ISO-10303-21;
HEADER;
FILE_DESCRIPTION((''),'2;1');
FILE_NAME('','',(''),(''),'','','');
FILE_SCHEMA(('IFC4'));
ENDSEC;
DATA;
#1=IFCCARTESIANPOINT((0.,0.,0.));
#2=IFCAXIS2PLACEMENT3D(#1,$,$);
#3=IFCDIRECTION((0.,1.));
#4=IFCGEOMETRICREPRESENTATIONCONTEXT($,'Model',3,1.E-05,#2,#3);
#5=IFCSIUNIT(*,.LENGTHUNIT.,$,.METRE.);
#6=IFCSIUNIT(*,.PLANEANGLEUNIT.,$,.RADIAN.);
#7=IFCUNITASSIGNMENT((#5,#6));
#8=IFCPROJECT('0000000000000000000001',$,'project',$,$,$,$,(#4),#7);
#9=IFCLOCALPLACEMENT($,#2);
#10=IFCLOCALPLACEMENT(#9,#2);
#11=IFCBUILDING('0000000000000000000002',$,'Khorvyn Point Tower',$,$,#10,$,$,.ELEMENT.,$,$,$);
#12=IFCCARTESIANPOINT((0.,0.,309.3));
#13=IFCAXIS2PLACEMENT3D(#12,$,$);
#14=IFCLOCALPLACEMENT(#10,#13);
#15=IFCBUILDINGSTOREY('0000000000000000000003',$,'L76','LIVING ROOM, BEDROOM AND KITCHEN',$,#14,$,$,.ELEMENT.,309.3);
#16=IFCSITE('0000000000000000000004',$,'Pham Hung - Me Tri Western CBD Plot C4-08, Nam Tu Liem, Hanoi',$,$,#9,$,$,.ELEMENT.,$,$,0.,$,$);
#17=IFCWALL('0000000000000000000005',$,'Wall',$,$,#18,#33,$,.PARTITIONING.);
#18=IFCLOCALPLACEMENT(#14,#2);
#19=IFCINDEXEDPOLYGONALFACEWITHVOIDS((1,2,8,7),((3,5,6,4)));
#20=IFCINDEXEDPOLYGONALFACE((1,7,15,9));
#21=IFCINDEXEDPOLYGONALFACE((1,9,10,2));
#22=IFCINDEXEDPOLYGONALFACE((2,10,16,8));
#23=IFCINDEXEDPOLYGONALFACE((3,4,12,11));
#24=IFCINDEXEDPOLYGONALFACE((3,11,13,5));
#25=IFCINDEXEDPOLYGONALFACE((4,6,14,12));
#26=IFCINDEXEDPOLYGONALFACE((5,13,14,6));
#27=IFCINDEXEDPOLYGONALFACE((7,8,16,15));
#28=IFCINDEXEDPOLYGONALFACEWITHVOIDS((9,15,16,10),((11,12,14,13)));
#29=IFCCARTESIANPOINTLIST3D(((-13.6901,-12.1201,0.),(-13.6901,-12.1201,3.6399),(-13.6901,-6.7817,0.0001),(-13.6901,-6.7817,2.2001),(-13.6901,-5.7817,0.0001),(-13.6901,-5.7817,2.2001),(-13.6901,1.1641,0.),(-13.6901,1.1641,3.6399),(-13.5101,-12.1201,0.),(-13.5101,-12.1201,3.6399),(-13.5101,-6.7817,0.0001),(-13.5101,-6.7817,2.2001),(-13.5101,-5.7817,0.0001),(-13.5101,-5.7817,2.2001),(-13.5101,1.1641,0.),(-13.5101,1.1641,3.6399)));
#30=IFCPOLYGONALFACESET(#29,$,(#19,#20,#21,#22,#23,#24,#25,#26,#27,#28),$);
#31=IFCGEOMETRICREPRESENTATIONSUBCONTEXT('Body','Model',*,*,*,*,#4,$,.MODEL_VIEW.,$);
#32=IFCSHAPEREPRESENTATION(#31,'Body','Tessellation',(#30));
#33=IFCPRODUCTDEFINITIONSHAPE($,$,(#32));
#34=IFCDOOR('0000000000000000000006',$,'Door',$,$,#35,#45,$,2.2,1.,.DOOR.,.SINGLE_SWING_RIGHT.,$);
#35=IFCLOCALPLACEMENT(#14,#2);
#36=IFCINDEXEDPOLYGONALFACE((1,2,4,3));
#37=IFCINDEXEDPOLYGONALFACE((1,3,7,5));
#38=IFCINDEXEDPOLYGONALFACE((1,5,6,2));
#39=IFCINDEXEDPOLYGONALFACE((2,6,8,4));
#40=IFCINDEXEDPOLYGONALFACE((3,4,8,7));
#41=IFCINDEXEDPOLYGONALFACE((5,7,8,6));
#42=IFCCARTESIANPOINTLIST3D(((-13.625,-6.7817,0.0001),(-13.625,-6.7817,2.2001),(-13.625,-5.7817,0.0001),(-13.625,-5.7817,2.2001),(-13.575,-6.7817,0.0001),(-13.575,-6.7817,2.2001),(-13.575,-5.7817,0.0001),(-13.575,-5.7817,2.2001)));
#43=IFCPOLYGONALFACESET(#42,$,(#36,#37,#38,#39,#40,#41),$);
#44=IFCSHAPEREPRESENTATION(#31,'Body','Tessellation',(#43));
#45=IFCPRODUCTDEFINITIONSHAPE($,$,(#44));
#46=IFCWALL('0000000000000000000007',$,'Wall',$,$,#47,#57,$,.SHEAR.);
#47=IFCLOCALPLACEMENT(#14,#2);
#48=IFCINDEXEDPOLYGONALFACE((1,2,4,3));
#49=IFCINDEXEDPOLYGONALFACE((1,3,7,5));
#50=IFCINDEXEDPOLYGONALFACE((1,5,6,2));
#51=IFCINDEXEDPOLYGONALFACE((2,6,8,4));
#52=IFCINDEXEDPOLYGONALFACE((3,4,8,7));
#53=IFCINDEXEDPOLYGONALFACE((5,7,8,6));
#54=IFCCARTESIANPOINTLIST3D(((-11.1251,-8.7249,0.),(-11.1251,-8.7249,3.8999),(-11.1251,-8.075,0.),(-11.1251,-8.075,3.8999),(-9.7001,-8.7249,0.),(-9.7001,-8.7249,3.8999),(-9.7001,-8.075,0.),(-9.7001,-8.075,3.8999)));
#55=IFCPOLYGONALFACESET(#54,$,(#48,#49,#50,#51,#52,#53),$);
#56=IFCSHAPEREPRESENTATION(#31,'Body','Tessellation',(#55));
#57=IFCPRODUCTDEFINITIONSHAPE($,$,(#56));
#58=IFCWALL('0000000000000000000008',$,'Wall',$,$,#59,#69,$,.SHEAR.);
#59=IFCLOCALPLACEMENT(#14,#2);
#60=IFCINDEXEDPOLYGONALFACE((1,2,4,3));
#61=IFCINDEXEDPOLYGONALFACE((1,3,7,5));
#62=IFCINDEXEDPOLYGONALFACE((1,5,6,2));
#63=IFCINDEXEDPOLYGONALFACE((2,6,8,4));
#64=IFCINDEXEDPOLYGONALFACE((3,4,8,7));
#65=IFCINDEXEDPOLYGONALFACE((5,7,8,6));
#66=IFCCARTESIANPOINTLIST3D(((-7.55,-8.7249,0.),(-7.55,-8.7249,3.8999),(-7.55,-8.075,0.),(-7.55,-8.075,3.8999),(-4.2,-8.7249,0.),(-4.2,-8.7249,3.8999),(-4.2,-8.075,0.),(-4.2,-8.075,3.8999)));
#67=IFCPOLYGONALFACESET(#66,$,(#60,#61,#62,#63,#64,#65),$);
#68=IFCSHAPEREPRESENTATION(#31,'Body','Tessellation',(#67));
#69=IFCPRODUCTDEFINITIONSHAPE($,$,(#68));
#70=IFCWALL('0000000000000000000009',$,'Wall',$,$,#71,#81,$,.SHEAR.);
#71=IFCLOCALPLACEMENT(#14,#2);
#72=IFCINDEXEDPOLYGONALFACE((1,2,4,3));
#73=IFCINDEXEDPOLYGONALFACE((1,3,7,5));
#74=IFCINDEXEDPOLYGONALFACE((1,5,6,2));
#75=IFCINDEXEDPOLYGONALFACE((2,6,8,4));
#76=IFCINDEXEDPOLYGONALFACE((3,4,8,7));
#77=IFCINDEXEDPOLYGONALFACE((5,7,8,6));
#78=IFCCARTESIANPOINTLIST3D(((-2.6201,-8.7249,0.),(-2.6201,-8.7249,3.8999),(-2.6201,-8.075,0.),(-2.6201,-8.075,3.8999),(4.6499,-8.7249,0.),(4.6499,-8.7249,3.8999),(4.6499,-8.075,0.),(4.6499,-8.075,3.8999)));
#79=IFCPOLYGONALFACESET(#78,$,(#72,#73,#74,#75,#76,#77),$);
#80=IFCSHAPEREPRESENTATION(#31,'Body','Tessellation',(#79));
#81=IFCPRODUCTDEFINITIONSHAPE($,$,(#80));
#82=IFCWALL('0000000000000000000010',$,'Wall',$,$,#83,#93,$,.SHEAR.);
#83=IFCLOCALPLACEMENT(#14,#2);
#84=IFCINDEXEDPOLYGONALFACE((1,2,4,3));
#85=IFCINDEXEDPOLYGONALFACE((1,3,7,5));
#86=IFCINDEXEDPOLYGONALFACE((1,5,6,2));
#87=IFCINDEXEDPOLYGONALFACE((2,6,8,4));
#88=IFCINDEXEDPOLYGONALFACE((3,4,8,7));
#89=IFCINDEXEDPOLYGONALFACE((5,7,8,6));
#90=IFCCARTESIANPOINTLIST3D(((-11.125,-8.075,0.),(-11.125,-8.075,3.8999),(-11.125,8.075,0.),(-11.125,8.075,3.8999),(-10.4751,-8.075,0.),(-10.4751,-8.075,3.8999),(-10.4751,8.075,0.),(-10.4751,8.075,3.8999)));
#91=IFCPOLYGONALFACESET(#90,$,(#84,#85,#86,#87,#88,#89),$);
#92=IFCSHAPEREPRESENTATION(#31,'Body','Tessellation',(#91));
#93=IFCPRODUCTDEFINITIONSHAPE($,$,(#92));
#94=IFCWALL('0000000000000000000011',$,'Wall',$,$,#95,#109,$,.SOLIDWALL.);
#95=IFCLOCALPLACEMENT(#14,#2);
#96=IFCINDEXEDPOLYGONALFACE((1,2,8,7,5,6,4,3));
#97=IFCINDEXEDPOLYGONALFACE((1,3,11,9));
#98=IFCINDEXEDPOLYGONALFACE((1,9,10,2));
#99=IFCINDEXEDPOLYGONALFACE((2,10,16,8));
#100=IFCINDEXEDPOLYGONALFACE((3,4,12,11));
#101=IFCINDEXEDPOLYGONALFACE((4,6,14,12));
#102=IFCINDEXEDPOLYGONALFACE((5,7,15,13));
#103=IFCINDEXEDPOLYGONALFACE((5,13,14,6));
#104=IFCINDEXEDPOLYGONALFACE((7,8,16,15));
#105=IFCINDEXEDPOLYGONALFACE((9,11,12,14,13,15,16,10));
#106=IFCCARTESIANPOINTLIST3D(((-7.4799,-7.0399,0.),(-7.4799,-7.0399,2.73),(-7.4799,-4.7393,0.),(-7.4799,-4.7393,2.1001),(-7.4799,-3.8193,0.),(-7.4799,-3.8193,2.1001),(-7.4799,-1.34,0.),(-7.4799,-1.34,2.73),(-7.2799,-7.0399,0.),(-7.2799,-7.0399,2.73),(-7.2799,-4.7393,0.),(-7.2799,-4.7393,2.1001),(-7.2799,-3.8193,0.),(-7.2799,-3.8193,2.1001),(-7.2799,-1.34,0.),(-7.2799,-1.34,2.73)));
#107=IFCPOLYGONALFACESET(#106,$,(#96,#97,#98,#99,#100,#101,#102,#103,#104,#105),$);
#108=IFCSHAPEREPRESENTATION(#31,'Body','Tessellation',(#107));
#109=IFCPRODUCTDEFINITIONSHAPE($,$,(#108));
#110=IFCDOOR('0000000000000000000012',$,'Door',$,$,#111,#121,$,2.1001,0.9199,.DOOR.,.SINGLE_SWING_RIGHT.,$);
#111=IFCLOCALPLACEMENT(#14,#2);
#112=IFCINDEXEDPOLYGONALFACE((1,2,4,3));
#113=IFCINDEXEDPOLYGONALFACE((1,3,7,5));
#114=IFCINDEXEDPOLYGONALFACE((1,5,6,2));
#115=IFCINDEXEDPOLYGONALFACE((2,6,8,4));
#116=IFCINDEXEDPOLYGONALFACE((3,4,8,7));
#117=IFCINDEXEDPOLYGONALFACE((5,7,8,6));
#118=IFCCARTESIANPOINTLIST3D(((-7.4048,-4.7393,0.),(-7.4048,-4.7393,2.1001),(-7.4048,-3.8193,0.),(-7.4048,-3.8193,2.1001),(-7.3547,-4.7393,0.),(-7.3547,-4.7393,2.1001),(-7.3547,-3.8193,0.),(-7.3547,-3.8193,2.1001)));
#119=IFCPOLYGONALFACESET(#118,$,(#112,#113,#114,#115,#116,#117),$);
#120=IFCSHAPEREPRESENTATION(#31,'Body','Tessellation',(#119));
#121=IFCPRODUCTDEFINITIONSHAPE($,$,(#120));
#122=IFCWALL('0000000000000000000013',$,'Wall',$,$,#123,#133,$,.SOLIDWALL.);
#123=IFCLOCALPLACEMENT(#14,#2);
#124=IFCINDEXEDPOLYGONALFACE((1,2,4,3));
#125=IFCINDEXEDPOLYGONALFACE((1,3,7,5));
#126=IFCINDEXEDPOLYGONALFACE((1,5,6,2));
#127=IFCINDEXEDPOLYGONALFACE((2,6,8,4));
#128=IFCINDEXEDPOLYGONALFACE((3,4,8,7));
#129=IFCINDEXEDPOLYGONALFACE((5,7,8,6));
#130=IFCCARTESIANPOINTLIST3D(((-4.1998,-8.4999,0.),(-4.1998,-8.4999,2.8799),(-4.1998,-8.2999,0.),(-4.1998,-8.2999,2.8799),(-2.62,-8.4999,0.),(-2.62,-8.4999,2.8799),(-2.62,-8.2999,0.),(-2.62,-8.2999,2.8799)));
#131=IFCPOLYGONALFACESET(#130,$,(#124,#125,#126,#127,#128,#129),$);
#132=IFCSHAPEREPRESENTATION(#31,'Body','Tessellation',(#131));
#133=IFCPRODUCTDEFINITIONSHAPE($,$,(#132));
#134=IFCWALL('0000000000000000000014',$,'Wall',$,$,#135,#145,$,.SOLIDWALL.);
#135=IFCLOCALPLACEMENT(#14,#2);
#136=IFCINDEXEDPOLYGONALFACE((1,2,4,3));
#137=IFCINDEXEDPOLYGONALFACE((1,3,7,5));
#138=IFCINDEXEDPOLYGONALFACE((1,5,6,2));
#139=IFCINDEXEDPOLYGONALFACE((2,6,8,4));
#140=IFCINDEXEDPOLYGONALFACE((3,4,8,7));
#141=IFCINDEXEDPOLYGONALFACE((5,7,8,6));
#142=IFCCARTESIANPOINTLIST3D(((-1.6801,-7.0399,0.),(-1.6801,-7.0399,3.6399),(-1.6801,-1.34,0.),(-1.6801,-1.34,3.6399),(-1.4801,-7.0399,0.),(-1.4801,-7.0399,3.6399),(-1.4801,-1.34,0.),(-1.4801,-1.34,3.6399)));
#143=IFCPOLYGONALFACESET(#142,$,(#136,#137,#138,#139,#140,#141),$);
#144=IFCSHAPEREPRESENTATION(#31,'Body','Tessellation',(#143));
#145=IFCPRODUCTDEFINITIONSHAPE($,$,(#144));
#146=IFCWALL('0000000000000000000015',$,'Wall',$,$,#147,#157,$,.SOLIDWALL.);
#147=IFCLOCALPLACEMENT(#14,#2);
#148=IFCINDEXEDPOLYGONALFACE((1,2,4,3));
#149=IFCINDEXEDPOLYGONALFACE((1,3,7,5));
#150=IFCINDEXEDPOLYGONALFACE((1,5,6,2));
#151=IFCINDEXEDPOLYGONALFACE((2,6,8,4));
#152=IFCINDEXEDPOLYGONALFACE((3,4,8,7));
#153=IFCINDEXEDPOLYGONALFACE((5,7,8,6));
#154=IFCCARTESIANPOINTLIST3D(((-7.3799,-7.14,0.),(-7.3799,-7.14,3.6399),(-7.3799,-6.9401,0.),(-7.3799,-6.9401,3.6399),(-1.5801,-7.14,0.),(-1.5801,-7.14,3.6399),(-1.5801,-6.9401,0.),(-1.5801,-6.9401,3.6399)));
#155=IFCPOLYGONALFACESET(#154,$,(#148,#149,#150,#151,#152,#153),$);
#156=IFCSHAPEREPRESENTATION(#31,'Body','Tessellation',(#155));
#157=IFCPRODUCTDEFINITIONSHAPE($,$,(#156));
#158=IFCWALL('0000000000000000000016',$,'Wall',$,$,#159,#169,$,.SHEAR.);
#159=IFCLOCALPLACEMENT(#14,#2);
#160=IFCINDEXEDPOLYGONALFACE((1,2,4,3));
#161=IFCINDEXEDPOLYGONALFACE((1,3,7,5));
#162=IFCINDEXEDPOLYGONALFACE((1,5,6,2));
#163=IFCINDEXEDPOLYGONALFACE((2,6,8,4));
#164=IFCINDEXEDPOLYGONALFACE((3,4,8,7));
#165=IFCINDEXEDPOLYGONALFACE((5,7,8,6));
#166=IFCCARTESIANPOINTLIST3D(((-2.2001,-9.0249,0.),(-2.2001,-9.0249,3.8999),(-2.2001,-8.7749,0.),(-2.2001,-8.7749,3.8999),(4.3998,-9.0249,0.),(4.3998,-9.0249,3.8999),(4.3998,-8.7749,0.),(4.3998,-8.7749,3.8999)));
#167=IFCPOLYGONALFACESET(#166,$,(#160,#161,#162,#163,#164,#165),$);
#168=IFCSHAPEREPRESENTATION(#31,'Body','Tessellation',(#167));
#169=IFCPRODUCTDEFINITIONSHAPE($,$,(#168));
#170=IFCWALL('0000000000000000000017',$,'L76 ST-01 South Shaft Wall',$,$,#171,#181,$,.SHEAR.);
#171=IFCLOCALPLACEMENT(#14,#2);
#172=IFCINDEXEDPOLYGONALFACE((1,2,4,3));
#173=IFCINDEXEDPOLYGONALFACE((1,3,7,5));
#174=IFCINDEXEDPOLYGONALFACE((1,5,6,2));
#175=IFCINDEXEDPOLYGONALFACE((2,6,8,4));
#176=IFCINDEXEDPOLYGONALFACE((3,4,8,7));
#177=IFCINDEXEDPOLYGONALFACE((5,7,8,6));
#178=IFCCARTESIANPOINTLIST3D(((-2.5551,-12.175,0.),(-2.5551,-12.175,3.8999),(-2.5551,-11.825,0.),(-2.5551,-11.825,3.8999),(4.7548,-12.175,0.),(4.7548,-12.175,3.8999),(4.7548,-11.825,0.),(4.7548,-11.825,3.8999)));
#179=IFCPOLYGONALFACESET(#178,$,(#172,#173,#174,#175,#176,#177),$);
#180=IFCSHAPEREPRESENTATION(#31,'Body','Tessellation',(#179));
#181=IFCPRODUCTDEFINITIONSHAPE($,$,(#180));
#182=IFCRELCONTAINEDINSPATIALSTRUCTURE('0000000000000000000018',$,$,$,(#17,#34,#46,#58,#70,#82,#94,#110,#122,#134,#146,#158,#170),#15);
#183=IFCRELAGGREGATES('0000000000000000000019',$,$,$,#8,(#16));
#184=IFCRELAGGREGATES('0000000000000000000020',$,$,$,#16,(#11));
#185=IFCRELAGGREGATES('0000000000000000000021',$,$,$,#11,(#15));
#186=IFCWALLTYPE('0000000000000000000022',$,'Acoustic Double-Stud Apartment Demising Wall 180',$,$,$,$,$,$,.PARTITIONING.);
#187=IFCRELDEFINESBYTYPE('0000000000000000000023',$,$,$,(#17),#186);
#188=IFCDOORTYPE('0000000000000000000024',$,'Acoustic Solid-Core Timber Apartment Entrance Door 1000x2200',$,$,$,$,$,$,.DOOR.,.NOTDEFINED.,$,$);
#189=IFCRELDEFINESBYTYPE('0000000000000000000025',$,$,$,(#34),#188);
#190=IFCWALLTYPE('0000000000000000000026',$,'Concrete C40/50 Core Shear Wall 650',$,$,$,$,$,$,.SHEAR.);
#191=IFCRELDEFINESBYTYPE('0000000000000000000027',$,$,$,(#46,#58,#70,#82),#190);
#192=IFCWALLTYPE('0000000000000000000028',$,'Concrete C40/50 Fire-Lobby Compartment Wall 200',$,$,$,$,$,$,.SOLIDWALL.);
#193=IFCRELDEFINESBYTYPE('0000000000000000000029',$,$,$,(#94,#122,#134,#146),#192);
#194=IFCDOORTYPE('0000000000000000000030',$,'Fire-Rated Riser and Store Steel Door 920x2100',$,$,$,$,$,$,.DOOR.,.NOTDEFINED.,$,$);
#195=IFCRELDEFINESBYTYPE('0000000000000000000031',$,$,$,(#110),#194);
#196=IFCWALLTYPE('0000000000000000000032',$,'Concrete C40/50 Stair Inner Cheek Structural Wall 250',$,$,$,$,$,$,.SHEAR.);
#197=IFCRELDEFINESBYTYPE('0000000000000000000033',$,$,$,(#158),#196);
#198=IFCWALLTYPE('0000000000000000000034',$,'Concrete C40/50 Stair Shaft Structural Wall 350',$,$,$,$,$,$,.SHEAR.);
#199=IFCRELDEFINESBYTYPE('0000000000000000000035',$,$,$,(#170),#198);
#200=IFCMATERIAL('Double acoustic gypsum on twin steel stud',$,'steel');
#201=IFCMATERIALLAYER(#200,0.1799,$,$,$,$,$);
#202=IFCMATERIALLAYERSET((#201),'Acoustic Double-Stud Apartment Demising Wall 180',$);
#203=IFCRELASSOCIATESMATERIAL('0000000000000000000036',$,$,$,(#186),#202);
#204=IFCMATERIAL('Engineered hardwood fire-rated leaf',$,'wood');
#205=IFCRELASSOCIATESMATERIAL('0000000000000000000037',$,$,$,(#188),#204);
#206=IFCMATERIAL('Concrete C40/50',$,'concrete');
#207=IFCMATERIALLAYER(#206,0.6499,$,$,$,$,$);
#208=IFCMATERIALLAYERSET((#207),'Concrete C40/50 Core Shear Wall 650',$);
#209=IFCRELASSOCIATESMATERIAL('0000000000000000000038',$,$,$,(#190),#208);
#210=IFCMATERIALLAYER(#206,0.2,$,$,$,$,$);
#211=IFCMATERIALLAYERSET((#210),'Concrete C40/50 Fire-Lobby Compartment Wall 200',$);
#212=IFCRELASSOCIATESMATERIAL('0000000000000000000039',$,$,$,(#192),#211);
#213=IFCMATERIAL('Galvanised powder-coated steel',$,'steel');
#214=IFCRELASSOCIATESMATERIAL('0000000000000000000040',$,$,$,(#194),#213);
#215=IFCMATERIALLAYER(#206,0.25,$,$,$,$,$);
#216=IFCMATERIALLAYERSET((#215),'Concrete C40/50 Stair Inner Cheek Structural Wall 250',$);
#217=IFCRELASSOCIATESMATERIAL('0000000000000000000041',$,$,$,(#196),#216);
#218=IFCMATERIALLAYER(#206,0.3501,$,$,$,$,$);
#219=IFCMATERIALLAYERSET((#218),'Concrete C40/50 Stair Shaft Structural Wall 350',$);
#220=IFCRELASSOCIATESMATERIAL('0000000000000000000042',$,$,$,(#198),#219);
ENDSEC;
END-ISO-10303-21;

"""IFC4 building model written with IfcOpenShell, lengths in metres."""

from ifc_helpers import new_model, si_unit, direction, frame, frame_2d, origin, place, context, subcontext, project, spatial, rectangle, extrude, material, layer, layer_set, type_object, element, fill, save


model = new_model("IFC4")

# Units and contexts
model_context = context("Model", 3, precision=1e-05, world=origin(), true_north=direction((0.0, 1.0)))
body_context = subcontext(model_context, "Body", "Model", "MODEL_VIEW")
ifc_project = project(units=[si_unit("LENGTHUNIT", "METRE"), si_unit("PLANEANGLEUNIT", "RADIAN")], contexts=[model_context])

# Site, building, storey
site_placement = place(None, origin())
site = spatial("IfcSite", under=ifc_project, at=site_placement, Name="Pham Hung - Me Tri Western CBD Plot C4-08, Nam Tu Liem, Hanoi", CompositionType="ELEMENT", RefElevation=0.0)
building_placement = place(site_placement, origin())
building = spatial("IfcBuilding", under=site, at=building_placement, Name="Khorvyn Point Tower", CompositionType="ELEMENT")
storey_placement = place(building_placement, frame((0.0, 0.0, 309.3)))
storey = spatial("IfcBuildingStorey", under=building, at=storey_placement, Name="L76", Description="LIVING ROOM, BEDROOM AND KITCHEN", CompositionType="ELEMENT", Elevation=309.3)

# Shared definitions
ifc_material_1 = material(Name="Concrete C40/50", Category="concrete")

# Wall, opening, door
ifc_material_2 = material(Name="Double acoustic gypsum on twin steel stud", Category="steel")
ifc_layer_1 = layer(ifc_material_2, 0.1799)
ifc_layer_set_1 = layer_set([ifc_layer_1], Name="Acoustic Double-Stud Apartment Demising Wall 180")
wall_type_1 = type_object("IfcWallType", Name="Acoustic Double-Stud Apartment Demising Wall 180", PredefinedType="PARTITIONING", material=ifc_layer_set_1)
ifc_material_3 = material(Name="Engineered hardwood fire-rated leaf", Category="wood")
door_type_1 = type_object("IfcDoorType", Name="Acoustic Solid-Core Timber Apartment Entrance Door 1000x2200", OperationType="NOTDEFINED", PredefinedType="DOOR", material=ifc_material_3)
wall_1_placement = place(storey_placement, frame((-13.6001, -12.1201, 0.0), z_axis=(0.0, 0.0, 1.0), x_axis=(0.0, 1.0, 0.0)))
wall_1 = element("IfcWall", 1, at=wall_1_placement, inside=storey, type_object=wall_type_1, Name="Wall", PredefinedType="PARTITIONING", context=body_context, shape_type="SweptSolid", body=[
    extrude(rectangle(XDim=13.2842, YDim=0.1799, at=frame_2d((6.6421, 0.0))), origin(), (0.0, 0.0, 1.0), 3.6399),
])
opening_1_placement = place(wall_1_placement, frame((5.3384, 0.0, 0.0)))
opening_1 = element("IfcOpeningElement", 2, at=opening_1_placement, cuts=wall_1, PredefinedType="OPENING", context=body_context, shape_type="SweptSolid", body=[
    extrude(rectangle(XDim=1.0, YDim=2.2, at=frame_2d((0.5, 1.1001))), frame((0.0, 0.0999, 0.0), z_axis=(0.0, -1.0, 0.0), x_axis=(1.0, 0.0, 0.0)), (0.0, 0.0, 1.0), 0.2),
])
door_1_placement = place(opening_1_placement, origin())
door_1 = element("IfcDoor", 3, at=door_1_placement, inside=storey, type_object=door_type_1, Name="Door", OperationType="SINGLE_SWING_RIGHT", OverallHeight=2.2, OverallWidth=1.0, PredefinedType="DOOR", context=body_context, shape_type="SweptSolid", body=[
    extrude(rectangle(XDim=1.0, YDim=2.2, at=frame_2d((0.5, 1.1001))), frame((0.0, 0.0249, 0.0), z_axis=(0.0, -1.0, 0.0), x_axis=(1.0, 0.0, 0.0)), (0.0, 0.0, 1.0), 0.05),
])
fill(opening_1, door_1)

# Walls
ifc_layer_2 = layer(ifc_material_1, 0.6499)
ifc_layer_set_2 = layer_set([ifc_layer_2], Name="Concrete C40/50 Core Shear Wall 650")
wall_type_2 = type_object("IfcWallType", Name="Concrete C40/50 Core Shear Wall 650", PredefinedType="SHEAR", material=ifc_layer_set_2)
wall_2_placement = place(storey_placement, frame((-11.125, -8.3999, 0.0), z_axis=(0.0, 0.0, 1.0), x_axis=(1.0, 0.0, 0.0)))
element("IfcWall", 4, at=wall_2_placement, inside=storey, type_object=wall_type_2, Name="Wall", PredefinedType="SHEAR", context=body_context, shape_type="SweptSolid", body=[
    extrude(rectangle(XDim=1.425, YDim=0.6499, at=frame_2d((0.7124, 0.0))), origin(), (0.0, 0.0, 1.0), 3.8999),
])
wall_3_placement = place(storey_placement, frame((-7.55, -8.3999, 0.0), z_axis=(0.0, 0.0, 1.0), x_axis=(1.0, 0.0, 0.0)))
element("IfcWall", 5, at=wall_3_placement, inside=storey, type_object=wall_type_2, Name="Wall", PredefinedType="SHEAR", context=body_context, shape_type="SweptSolid", body=[
    extrude(rectangle(XDim=3.3501, YDim=0.6499, at=frame_2d((1.675, 0.0))), origin(), (0.0, 0.0, 1.0), 3.8999),
])
wall_4_placement = place(storey_placement, frame((-2.6201, -8.3999, 0.0), z_axis=(0.0, 0.0, 1.0), x_axis=(1.0, 0.0, 0.0)))
element("IfcWall", 6, at=wall_4_placement, inside=storey, type_object=wall_type_2, Name="Wall", PredefinedType="SHEAR", context=body_context, shape_type="SweptSolid", body=[
    extrude(rectangle(XDim=7.27, YDim=0.6499, at=frame_2d((3.635, 0.0))), origin(), (0.0, 0.0, 1.0), 3.8999),
])
wall_5_placement = place(storey_placement, frame((-10.8, -8.075, 0.0), z_axis=(0.0, 0.0, 1.0), x_axis=(0.0, 1.0, 0.0)))
element("IfcWall", 7, at=wall_5_placement, inside=storey, type_object=wall_type_2, Name="Wall", PredefinedType="SHEAR", context=body_context, shape_type="SweptSolid", body=[
    extrude(rectangle(XDim=16.1499, YDim=0.6499, at=frame_2d((8.075, 0.0))), origin(), (0.0, 0.0, 1.0), 3.8999),
])

# Wall, opening, door
ifc_layer_3 = layer(ifc_material_1, 0.2)
ifc_layer_set_3 = layer_set([ifc_layer_3], Name="Concrete C40/50 Fire-Lobby Compartment Wall 200")
wall_type_3 = type_object("IfcWallType", Name="Concrete C40/50 Fire-Lobby Compartment Wall 200", PredefinedType="SOLIDWALL", material=ifc_layer_set_3)
ifc_material_4 = material(Name="Galvanised powder-coated steel", Category="steel")
wall_6_placement = place(storey_placement, frame((-7.3799, -7.04, 0.0), z_axis=(0.0, 0.0, 1.0), x_axis=(0.0, 1.0, 0.0)))
wall_6 = element("IfcWall", 8, at=wall_6_placement, inside=storey, type_object=wall_type_3, Name="Wall", PredefinedType="SOLIDWALL", context=body_context, shape_type="SweptSolid", body=[
    extrude(rectangle(XDim=5.7, YDim=0.2, at=frame_2d((2.8501, 0.0))), origin(), (0.0, 0.0, 1.0), 2.73),
])
opening_2_placement = place(wall_6_placement, frame((2.3008, 0.0, 0.0)))
opening_2 = element("IfcOpeningElement", 9, at=opening_2_placement, cuts=wall_6, PredefinedType="OPENING", context=body_context, shape_type="SweptSolid", body=[
    extrude(rectangle(XDim=0.9199, YDim=2.1001, at=frame_2d((0.46, 1.05))), frame((0.0, 0.1099, 0.0), z_axis=(0.0, -1.0, 0.0), x_axis=(1.0, 0.0, 0.0)), (0.0, 0.0, 1.0), 0.22),
])
door_type_2 = type_object("IfcDoorType", Name="Fire-Rated Riser and Store Steel Door 920x2100", OperationType="NOTDEFINED", PredefinedType="DOOR", material=ifc_material_4)
door_2_placement = place(opening_2_placement, origin())
door_2 = element("IfcDoor", 10, at=door_2_placement, inside=storey, type_object=door_type_2, Name="Door", OperationType="SINGLE_SWING_RIGHT", OverallHeight=2.1001, OverallWidth=0.9199, PredefinedType="DOOR", context=body_context, shape_type="SweptSolid", body=[
    extrude(rectangle(XDim=0.9199, YDim=2.1001, at=frame_2d((0.46, 1.05))), frame((0.0, 0.0249, 0.0), z_axis=(0.0, -1.0, 0.0), x_axis=(1.0, 0.0, 0.0)), (0.0, 0.0, 1.0), 0.05),
])
fill(opening_2, door_2)

# Walls
wall_7_placement = place(storey_placement, frame((-4.2, -8.3999, 0.0), z_axis=(0.0, 0.0, 1.0), x_axis=(1.0, 0.0, 0.0)))
element("IfcWall", 11, at=wall_7_placement, inside=storey, type_object=wall_type_3, Name="Wall", PredefinedType="SOLIDWALL", context=body_context, shape_type="SweptSolid", body=[
    extrude(rectangle(XDim=1.5798, YDim=0.2, at=frame_2d((0.79, 0.0))), origin(), (0.0, 0.0, 1.0), 2.8799),
])
wall_8_placement = place(storey_placement, frame((-1.5801, -7.04, 0.0), z_axis=(0.0, 0.0, 1.0), x_axis=(0.0, 1.0, 0.0)))
element("IfcWall", 12, at=wall_8_placement, inside=storey, type_object=wall_type_3, Name="Wall", PredefinedType="SOLIDWALL", context=body_context, shape_type="SweptSolid", body=[
    extrude(rectangle(XDim=5.7, YDim=0.2, at=frame_2d((2.8501, 0.0))), origin(), (0.0, 0.0, 1.0), 3.6399),
])
wall_9_placement = place(storey_placement, frame((-7.3799, -7.04, 0.0), z_axis=(0.0, 0.0, 1.0), x_axis=(1.0, 0.0, 0.0)))
element("IfcWall", 13, at=wall_9_placement, inside=storey, type_object=wall_type_3, Name="Wall", PredefinedType="SOLIDWALL", context=body_context, shape_type="SweptSolid", body=[
    extrude(rectangle(XDim=5.7998, YDim=0.2, at=frame_2d((2.8999, 0.0))), origin(), (0.0, 0.0, 1.0), 3.6399),
])
ifc_layer_4 = layer(ifc_material_1, 0.25)
ifc_layer_set_4 = layer_set([ifc_layer_4], Name="Concrete C40/50 Stair Inner Cheek Structural Wall 250")
wall_type_4 = type_object("IfcWallType", Name="Concrete C40/50 Stair Inner Cheek Structural Wall 250", PredefinedType="SHEAR", material=ifc_layer_set_4)
wall_10_placement = place(storey_placement, frame((-2.2, -8.8999, 0.0), z_axis=(0.0, 0.0, 1.0), x_axis=(1.0, 0.0, 0.0)))
element("IfcWall", 14, at=wall_10_placement, inside=storey, type_object=wall_type_4, Name="Wall", PredefinedType="SHEAR", context=body_context, shape_type="SweptSolid", body=[
    extrude(rectangle(XDim=6.5999, YDim=0.25, at=frame_2d((3.2998, 0.0))), origin(), (0.0, 0.0, 1.0), 3.8999),
])
ifc_layer_5 = layer(ifc_material_1, 0.3501)
ifc_layer_set_5 = layer_set([ifc_layer_5], Name="Concrete C40/50 Stair Shaft Structural Wall 350")
wall_type_5 = type_object("IfcWallType", Name="Concrete C40/50 Stair Shaft Structural Wall 350", PredefinedType="SHEAR", material=ifc_layer_set_5)
wall_11_placement = place(storey_placement, frame((-2.5549, -12.0, 0.0), z_axis=(0.0, 0.0, 1.0), x_axis=(1.0, 0.0, 0.0)))
element("IfcWall", 15, at=wall_11_placement, inside=storey, type_object=wall_type_5, Name="L76 ST-01 South Shaft Wall", PredefinedType="SHEAR", context=body_context, shape_type="SweptSolid", body=[
    extrude(rectangle(XDim=7.3098, YDim=0.3501, at=frame_2d((3.6548, 0.0))), origin(), (0.0, 0.0, 1.0), 3.8999),
])

save(model, "model.ifc")
